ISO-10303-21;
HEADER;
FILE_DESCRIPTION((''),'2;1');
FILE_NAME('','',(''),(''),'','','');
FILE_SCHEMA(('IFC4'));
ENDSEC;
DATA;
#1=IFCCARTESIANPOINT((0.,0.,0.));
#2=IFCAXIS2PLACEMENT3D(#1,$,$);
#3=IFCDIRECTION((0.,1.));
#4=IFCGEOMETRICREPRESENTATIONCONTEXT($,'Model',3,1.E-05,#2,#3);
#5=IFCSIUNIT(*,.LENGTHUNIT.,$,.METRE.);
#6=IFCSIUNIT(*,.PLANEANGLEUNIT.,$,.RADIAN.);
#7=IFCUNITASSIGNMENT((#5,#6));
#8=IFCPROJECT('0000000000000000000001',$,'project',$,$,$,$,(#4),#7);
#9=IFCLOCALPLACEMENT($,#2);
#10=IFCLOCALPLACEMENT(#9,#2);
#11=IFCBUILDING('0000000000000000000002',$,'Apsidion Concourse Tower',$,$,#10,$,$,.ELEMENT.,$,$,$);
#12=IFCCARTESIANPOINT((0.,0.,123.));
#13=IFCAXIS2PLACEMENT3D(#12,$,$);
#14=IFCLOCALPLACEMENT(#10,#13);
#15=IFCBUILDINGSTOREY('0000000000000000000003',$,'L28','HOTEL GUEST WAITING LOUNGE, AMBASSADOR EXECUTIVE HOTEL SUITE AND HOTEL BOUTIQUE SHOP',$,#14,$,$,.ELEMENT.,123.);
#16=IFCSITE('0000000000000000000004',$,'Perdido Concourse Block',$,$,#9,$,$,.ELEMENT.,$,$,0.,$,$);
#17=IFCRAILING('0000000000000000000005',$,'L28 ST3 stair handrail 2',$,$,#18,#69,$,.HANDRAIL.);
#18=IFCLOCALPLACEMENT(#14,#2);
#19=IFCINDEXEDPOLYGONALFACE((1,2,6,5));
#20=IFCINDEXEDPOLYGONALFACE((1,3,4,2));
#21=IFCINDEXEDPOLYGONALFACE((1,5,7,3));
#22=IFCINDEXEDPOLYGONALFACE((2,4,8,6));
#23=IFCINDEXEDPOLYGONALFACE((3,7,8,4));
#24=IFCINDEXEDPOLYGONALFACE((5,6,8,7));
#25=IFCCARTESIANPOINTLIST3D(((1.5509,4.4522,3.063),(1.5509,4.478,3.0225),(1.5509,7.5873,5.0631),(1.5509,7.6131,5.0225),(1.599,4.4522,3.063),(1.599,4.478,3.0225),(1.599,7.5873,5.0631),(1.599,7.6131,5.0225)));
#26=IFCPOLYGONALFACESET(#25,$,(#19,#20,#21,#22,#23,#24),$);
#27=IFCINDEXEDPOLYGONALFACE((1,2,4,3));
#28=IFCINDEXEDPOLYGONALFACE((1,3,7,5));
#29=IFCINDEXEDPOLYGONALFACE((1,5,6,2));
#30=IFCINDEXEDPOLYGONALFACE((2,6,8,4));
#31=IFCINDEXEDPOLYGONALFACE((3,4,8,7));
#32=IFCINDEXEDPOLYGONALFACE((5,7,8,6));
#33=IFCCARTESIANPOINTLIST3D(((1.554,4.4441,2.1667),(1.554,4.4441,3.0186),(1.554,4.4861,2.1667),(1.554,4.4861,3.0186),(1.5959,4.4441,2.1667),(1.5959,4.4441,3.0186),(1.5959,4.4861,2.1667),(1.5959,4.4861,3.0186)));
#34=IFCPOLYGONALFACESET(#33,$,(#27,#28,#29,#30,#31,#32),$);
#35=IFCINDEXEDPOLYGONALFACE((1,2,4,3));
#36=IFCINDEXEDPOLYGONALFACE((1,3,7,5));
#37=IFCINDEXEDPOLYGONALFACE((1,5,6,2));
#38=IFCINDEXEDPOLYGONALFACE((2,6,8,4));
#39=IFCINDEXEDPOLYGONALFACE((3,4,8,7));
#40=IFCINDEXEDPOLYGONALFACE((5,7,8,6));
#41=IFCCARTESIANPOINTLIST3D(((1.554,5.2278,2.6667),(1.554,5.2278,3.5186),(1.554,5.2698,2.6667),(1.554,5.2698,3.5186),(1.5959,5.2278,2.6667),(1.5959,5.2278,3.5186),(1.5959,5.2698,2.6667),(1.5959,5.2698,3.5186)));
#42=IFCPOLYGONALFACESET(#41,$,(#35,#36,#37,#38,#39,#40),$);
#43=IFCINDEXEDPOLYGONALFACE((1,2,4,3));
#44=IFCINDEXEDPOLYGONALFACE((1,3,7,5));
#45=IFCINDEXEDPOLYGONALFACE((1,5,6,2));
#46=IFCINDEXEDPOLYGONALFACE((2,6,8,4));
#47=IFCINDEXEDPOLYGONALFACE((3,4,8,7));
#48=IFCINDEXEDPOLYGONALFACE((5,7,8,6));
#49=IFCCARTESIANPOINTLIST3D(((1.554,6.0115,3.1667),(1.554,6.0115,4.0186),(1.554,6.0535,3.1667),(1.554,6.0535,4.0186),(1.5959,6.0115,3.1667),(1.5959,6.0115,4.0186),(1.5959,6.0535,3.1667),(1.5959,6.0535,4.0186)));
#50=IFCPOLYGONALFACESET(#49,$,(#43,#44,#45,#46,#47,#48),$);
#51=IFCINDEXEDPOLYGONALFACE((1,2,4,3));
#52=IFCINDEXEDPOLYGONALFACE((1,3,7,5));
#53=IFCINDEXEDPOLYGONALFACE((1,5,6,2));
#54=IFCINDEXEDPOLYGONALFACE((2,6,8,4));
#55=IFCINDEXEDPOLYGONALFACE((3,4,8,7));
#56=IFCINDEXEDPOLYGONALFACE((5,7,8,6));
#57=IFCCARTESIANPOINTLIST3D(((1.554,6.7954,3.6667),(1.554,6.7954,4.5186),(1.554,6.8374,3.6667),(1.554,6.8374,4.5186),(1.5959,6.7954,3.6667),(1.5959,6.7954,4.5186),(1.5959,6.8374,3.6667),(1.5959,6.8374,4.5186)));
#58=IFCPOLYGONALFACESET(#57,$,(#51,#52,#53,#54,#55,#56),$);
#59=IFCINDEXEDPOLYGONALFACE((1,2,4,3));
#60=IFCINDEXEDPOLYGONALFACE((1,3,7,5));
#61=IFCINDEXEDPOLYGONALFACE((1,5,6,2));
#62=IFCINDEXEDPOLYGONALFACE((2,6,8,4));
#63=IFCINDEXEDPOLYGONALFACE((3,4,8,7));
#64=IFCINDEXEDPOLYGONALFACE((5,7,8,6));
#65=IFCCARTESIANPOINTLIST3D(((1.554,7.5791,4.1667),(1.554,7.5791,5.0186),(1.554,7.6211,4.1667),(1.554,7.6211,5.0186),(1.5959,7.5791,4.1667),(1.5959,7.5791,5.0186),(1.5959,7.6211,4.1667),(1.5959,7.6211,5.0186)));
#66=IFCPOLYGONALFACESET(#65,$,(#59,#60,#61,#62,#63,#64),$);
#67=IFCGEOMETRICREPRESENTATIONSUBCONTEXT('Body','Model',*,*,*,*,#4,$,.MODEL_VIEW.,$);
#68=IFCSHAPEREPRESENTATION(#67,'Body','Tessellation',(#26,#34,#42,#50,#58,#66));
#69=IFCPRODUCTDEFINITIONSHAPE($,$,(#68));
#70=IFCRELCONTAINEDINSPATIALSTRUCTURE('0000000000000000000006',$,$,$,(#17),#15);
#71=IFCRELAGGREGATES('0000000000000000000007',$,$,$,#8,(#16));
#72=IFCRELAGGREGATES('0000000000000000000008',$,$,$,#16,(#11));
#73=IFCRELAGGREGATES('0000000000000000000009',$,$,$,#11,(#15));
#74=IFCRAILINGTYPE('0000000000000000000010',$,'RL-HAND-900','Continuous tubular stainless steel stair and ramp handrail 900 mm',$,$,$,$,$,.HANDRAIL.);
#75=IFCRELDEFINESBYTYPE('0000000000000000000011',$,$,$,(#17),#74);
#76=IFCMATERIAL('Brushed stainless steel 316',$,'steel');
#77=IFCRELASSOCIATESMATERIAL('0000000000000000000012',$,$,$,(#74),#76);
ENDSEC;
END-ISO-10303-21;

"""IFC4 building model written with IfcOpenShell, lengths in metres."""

from ifc_helpers import new_model, si_unit, direction, frame, origin, origin_2d, place, context, subcontext, project, spatial, rectangle, extrude, material, type_object, element, save


model = new_model("IFC4")

# Units and contexts
model_context = context("Model", 3, precision=1e-05, world=origin(), true_north=direction((0.0, 1.0)))
body_context = subcontext(model_context, "Body", "Model", "MODEL_VIEW")
ifc_project = project(units=[si_unit("LENGTHUNIT", "METRE"), si_unit("PLANEANGLEUNIT", "RADIAN")], contexts=[model_context])

# Site, building, storey
site_placement = place(None, origin())
site = spatial("IfcSite", under=ifc_project, at=site_placement, Name="Perdido Concourse Block", CompositionType="ELEMENT", RefElevation=0.0)
building_placement = place(site_placement, origin())
building = spatial("IfcBuilding", under=site, at=building_placement, Name="Apsidion Concourse Tower", CompositionType="ELEMENT")
storey_placement = place(building_placement, frame((0.0, 0.0, 123.0)))
storey = spatial("IfcBuildingStorey", under=building, at=storey_placement, Name="L28", Description="HOTEL GUEST WAITING LOUNGE, AMBASSADOR EXECUTIVE HOTEL SUITE AND HOTEL BOUTIQUE SHOP", CompositionType="ELEMENT", Elevation=123.0)

# Railing
ifc_material_1 = material(Name="Brushed stainless steel 316", Category="steel")
railing_type_1 = type_object("IfcRailingType", Name="RL-HAND-900", Description="Continuous tubular stainless steel stair and ramp handrail 900 mm", PredefinedType="HANDRAIL", material=ifc_material_1)
railing_1_placement = place(storey_placement, frame((1.575, 4.4651, 2.1667)))
element("IfcRailing", 1, at=railing_1_placement, inside=storey, type_object=railing_type_1, Name="L28 ST3 stair handrail 2", PredefinedType="HANDRAIL", context=body_context, shape_type="SweptSolid", body=[
    extrude(rectangle(XDim=0.0481, YDim=0.0481, at=origin_2d()), frame((0.0, 0.0, 0.876), z_axis=(0.0, 0.843053, 0.537831), x_axis=(-1.0, 0.0, 0.0)), (0.0, 0.0, 1.0), 3.7188),
    extrude(rectangle(XDim=0.042, YDim=0.042, at=origin_2d()), origin(), (0.0, 0.0, 1.0), 0.8518),
    extrude(rectangle(XDim=0.042, YDim=0.042, at=origin_2d()), frame((0.0, 0.7837, 0.5)), (0.0, 0.0, 1.0), 0.8518),
    extrude(rectangle(XDim=0.042, YDim=0.042, at=origin_2d()), frame((0.0, 1.5674, 1.0)), (0.0, 0.0, 1.0), 0.8518),
    extrude(rectangle(XDim=0.042, YDim=0.042, at=origin_2d()), frame((0.0, 2.3513, 1.5)), (0.0, 0.0, 1.0), 0.8518),
    extrude(rectangle(XDim=0.042, YDim=0.042, at=origin_2d()), frame((0.0, 3.135, 2.0)), (0.0, 0.0, 1.0), 0.8518),
])

save(model, "model.ifc")
